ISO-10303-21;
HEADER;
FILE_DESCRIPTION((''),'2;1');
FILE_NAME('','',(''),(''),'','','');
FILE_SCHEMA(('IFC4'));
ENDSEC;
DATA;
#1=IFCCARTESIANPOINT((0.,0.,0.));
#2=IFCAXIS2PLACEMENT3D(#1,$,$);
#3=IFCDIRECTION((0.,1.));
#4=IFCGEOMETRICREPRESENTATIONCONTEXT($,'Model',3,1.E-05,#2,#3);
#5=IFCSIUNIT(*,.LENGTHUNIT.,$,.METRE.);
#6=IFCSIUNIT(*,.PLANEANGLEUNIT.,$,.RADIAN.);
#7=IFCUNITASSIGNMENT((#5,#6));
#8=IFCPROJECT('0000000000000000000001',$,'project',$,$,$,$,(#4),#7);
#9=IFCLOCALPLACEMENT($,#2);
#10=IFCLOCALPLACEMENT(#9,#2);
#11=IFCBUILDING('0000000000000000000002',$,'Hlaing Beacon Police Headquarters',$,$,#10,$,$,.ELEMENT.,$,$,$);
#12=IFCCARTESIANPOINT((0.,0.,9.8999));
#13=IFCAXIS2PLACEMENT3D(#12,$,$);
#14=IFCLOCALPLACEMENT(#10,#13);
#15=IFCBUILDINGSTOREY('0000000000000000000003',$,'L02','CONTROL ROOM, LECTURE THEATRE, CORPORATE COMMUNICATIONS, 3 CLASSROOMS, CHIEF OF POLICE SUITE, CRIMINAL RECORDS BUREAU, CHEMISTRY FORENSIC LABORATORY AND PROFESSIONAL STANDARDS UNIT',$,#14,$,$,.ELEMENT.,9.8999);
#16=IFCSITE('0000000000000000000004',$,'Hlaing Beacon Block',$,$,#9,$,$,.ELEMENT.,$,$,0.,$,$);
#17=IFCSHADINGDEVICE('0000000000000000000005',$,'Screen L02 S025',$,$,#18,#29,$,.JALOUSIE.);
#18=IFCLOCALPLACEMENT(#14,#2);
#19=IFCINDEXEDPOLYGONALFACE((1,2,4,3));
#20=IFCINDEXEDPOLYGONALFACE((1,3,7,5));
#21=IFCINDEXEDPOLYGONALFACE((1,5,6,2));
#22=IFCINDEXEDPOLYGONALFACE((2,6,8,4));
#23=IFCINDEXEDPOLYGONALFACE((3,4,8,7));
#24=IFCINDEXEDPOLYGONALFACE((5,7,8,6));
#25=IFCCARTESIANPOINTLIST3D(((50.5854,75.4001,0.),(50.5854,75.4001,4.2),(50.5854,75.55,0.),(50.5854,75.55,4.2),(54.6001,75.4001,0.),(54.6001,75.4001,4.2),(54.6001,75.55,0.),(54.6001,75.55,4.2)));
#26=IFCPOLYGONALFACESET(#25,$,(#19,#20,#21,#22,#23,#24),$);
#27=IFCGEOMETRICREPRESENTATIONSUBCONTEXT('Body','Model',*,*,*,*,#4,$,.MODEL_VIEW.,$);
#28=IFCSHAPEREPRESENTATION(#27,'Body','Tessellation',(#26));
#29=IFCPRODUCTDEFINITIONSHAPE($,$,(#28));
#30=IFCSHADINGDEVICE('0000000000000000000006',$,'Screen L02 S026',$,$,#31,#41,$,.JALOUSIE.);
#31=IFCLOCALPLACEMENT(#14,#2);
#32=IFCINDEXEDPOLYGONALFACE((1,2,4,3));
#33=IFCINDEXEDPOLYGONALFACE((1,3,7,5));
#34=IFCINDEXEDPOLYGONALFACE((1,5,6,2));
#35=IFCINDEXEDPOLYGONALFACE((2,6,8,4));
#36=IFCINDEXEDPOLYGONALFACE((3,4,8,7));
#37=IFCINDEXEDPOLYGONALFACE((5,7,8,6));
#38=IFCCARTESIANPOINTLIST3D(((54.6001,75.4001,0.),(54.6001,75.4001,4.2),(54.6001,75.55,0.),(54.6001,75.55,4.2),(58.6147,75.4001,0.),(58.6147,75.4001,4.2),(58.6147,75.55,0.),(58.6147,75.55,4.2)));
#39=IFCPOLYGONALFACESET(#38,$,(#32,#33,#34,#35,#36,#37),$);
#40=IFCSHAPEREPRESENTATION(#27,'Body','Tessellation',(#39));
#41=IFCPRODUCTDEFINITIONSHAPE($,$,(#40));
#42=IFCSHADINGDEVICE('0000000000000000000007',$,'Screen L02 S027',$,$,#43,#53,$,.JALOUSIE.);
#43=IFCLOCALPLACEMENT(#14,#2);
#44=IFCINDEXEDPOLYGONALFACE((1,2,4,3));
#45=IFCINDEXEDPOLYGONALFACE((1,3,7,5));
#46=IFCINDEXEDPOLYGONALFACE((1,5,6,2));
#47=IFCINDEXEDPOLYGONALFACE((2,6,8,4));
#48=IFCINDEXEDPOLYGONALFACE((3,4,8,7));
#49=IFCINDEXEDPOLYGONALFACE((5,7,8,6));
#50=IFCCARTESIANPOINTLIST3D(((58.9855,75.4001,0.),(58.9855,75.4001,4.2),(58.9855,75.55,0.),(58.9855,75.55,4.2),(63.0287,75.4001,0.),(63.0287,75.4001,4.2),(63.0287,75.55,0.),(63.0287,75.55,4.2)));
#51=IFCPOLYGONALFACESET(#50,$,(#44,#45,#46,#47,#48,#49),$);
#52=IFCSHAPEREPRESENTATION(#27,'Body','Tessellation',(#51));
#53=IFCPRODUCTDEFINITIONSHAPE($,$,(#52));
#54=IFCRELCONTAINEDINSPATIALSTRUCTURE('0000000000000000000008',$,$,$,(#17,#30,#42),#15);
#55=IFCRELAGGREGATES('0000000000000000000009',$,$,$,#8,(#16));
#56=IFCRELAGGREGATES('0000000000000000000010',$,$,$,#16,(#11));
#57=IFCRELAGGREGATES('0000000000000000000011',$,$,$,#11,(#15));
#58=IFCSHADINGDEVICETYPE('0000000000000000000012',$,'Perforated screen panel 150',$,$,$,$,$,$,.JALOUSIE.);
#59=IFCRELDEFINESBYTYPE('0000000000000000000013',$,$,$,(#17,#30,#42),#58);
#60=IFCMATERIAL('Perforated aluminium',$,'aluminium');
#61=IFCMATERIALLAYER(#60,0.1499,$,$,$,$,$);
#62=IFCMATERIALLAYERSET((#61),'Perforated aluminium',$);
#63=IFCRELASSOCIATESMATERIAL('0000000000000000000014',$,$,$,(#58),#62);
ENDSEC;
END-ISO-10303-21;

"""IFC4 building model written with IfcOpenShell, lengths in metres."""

from ifc_helpers import new_model, si_unit, direction, frame, origin, origin_2d, place, context, subcontext, project, spatial, rectangle, extrude, material, layer, layer_set, type_object, element, save


model = new_model("IFC4")

# Units and contexts
model_context = context("Model", 3, precision=1e-05, world=origin(), true_north=direction((0.0, 1.0)))
body_context = subcontext(model_context, "Body", "Model", "MODEL_VIEW")
ifc_project = project(units=[si_unit("LENGTHUNIT", "METRE"), si_unit("PLANEANGLEUNIT", "RADIAN")], contexts=[model_context])

# Site, building, storey
site_placement = place(None, origin())
site = spatial("IfcSite", under=ifc_project, at=site_placement, Name="Hlaing Beacon Block", CompositionType="ELEMENT", RefElevation=0.0)
building_placement = place(site_placement, origin())
building = spatial("IfcBuilding", under=site, at=building_placement, Name="Hlaing Beacon Police Headquarters", CompositionType="ELEMENT")
storey_placement = place(building_placement, frame((0.0, 0.0, 9.8999)))
storey = spatial("IfcBuildingStorey", under=building, at=storey_placement, Name="L02", Description="CONTROL ROOM, LECTURE THEATRE, CORPORATE COMMUNICATIONS, 3 CLASSROOMS, CHIEF OF POLICE SUITE, CRIMINAL RECORDS BUREAU, CHEMISTRY FORENSIC LABORATORY AND PROFESSIONAL STANDARDS UNIT", CompositionType="ELEMENT", Elevation=9.8999)

# Shading devices
ifc_material_1 = material(Name="Perforated aluminium", Category="aluminium")
ifc_layer_1 = layer(ifc_material_1, 0.1499)
ifc_layer_set_1 = layer_set([ifc_layer_1], Name="Perforated aluminium")
shading_device_type = type_object("IfcShadingDeviceType", Name="Perforated screen panel 150", PredefinedType="JALOUSIE", material=ifc_layer_set_1)
for number, where, z_axis, x_axis, name in (
    (1, (52.5928, 75.4751, 0.0), (0.0, 0.0, 1.0), (1.0, 0.0, 0.0), "Screen L02 S025"),
    (2, (56.6074, 75.4751, 0.0), (0.0, 0.0, 1.0), (1.0, 0.0, 0.0), "Screen L02 S026"),
):
    element("IfcShadingDevice", number, at=place(storey_placement, frame(where, z_axis=z_axis, x_axis=x_axis)), inside=storey, type_object=shading_device_type, Name=name, PredefinedType="JALOUSIE", context=body_context, shape_type="SweptSolid", body=[
        extrude(rectangle(XDim=4.0146, YDim=0.1499, at=origin_2d()), origin(), (0.0, 0.0, 1.0), 4.2),
    ])
shading_device_1_placement = place(storey_placement, frame((61.0071, 75.4751, 0.0), z_axis=(0.0, 0.0, 1.0), x_axis=(1.0, 0.0, 0.0)))
element("IfcShadingDevice", 3, at=shading_device_1_placement, inside=storey, type_object=shading_device_type, Name="Screen L02 S027", PredefinedType="JALOUSIE", context=body_context, shape_type="SweptSolid", body=[
    extrude(rectangle(XDim=4.0432, YDim=0.1499, at=origin_2d()), origin(), (0.0, 0.0, 1.0), 4.2),
])

save(model, "model.ifc")
